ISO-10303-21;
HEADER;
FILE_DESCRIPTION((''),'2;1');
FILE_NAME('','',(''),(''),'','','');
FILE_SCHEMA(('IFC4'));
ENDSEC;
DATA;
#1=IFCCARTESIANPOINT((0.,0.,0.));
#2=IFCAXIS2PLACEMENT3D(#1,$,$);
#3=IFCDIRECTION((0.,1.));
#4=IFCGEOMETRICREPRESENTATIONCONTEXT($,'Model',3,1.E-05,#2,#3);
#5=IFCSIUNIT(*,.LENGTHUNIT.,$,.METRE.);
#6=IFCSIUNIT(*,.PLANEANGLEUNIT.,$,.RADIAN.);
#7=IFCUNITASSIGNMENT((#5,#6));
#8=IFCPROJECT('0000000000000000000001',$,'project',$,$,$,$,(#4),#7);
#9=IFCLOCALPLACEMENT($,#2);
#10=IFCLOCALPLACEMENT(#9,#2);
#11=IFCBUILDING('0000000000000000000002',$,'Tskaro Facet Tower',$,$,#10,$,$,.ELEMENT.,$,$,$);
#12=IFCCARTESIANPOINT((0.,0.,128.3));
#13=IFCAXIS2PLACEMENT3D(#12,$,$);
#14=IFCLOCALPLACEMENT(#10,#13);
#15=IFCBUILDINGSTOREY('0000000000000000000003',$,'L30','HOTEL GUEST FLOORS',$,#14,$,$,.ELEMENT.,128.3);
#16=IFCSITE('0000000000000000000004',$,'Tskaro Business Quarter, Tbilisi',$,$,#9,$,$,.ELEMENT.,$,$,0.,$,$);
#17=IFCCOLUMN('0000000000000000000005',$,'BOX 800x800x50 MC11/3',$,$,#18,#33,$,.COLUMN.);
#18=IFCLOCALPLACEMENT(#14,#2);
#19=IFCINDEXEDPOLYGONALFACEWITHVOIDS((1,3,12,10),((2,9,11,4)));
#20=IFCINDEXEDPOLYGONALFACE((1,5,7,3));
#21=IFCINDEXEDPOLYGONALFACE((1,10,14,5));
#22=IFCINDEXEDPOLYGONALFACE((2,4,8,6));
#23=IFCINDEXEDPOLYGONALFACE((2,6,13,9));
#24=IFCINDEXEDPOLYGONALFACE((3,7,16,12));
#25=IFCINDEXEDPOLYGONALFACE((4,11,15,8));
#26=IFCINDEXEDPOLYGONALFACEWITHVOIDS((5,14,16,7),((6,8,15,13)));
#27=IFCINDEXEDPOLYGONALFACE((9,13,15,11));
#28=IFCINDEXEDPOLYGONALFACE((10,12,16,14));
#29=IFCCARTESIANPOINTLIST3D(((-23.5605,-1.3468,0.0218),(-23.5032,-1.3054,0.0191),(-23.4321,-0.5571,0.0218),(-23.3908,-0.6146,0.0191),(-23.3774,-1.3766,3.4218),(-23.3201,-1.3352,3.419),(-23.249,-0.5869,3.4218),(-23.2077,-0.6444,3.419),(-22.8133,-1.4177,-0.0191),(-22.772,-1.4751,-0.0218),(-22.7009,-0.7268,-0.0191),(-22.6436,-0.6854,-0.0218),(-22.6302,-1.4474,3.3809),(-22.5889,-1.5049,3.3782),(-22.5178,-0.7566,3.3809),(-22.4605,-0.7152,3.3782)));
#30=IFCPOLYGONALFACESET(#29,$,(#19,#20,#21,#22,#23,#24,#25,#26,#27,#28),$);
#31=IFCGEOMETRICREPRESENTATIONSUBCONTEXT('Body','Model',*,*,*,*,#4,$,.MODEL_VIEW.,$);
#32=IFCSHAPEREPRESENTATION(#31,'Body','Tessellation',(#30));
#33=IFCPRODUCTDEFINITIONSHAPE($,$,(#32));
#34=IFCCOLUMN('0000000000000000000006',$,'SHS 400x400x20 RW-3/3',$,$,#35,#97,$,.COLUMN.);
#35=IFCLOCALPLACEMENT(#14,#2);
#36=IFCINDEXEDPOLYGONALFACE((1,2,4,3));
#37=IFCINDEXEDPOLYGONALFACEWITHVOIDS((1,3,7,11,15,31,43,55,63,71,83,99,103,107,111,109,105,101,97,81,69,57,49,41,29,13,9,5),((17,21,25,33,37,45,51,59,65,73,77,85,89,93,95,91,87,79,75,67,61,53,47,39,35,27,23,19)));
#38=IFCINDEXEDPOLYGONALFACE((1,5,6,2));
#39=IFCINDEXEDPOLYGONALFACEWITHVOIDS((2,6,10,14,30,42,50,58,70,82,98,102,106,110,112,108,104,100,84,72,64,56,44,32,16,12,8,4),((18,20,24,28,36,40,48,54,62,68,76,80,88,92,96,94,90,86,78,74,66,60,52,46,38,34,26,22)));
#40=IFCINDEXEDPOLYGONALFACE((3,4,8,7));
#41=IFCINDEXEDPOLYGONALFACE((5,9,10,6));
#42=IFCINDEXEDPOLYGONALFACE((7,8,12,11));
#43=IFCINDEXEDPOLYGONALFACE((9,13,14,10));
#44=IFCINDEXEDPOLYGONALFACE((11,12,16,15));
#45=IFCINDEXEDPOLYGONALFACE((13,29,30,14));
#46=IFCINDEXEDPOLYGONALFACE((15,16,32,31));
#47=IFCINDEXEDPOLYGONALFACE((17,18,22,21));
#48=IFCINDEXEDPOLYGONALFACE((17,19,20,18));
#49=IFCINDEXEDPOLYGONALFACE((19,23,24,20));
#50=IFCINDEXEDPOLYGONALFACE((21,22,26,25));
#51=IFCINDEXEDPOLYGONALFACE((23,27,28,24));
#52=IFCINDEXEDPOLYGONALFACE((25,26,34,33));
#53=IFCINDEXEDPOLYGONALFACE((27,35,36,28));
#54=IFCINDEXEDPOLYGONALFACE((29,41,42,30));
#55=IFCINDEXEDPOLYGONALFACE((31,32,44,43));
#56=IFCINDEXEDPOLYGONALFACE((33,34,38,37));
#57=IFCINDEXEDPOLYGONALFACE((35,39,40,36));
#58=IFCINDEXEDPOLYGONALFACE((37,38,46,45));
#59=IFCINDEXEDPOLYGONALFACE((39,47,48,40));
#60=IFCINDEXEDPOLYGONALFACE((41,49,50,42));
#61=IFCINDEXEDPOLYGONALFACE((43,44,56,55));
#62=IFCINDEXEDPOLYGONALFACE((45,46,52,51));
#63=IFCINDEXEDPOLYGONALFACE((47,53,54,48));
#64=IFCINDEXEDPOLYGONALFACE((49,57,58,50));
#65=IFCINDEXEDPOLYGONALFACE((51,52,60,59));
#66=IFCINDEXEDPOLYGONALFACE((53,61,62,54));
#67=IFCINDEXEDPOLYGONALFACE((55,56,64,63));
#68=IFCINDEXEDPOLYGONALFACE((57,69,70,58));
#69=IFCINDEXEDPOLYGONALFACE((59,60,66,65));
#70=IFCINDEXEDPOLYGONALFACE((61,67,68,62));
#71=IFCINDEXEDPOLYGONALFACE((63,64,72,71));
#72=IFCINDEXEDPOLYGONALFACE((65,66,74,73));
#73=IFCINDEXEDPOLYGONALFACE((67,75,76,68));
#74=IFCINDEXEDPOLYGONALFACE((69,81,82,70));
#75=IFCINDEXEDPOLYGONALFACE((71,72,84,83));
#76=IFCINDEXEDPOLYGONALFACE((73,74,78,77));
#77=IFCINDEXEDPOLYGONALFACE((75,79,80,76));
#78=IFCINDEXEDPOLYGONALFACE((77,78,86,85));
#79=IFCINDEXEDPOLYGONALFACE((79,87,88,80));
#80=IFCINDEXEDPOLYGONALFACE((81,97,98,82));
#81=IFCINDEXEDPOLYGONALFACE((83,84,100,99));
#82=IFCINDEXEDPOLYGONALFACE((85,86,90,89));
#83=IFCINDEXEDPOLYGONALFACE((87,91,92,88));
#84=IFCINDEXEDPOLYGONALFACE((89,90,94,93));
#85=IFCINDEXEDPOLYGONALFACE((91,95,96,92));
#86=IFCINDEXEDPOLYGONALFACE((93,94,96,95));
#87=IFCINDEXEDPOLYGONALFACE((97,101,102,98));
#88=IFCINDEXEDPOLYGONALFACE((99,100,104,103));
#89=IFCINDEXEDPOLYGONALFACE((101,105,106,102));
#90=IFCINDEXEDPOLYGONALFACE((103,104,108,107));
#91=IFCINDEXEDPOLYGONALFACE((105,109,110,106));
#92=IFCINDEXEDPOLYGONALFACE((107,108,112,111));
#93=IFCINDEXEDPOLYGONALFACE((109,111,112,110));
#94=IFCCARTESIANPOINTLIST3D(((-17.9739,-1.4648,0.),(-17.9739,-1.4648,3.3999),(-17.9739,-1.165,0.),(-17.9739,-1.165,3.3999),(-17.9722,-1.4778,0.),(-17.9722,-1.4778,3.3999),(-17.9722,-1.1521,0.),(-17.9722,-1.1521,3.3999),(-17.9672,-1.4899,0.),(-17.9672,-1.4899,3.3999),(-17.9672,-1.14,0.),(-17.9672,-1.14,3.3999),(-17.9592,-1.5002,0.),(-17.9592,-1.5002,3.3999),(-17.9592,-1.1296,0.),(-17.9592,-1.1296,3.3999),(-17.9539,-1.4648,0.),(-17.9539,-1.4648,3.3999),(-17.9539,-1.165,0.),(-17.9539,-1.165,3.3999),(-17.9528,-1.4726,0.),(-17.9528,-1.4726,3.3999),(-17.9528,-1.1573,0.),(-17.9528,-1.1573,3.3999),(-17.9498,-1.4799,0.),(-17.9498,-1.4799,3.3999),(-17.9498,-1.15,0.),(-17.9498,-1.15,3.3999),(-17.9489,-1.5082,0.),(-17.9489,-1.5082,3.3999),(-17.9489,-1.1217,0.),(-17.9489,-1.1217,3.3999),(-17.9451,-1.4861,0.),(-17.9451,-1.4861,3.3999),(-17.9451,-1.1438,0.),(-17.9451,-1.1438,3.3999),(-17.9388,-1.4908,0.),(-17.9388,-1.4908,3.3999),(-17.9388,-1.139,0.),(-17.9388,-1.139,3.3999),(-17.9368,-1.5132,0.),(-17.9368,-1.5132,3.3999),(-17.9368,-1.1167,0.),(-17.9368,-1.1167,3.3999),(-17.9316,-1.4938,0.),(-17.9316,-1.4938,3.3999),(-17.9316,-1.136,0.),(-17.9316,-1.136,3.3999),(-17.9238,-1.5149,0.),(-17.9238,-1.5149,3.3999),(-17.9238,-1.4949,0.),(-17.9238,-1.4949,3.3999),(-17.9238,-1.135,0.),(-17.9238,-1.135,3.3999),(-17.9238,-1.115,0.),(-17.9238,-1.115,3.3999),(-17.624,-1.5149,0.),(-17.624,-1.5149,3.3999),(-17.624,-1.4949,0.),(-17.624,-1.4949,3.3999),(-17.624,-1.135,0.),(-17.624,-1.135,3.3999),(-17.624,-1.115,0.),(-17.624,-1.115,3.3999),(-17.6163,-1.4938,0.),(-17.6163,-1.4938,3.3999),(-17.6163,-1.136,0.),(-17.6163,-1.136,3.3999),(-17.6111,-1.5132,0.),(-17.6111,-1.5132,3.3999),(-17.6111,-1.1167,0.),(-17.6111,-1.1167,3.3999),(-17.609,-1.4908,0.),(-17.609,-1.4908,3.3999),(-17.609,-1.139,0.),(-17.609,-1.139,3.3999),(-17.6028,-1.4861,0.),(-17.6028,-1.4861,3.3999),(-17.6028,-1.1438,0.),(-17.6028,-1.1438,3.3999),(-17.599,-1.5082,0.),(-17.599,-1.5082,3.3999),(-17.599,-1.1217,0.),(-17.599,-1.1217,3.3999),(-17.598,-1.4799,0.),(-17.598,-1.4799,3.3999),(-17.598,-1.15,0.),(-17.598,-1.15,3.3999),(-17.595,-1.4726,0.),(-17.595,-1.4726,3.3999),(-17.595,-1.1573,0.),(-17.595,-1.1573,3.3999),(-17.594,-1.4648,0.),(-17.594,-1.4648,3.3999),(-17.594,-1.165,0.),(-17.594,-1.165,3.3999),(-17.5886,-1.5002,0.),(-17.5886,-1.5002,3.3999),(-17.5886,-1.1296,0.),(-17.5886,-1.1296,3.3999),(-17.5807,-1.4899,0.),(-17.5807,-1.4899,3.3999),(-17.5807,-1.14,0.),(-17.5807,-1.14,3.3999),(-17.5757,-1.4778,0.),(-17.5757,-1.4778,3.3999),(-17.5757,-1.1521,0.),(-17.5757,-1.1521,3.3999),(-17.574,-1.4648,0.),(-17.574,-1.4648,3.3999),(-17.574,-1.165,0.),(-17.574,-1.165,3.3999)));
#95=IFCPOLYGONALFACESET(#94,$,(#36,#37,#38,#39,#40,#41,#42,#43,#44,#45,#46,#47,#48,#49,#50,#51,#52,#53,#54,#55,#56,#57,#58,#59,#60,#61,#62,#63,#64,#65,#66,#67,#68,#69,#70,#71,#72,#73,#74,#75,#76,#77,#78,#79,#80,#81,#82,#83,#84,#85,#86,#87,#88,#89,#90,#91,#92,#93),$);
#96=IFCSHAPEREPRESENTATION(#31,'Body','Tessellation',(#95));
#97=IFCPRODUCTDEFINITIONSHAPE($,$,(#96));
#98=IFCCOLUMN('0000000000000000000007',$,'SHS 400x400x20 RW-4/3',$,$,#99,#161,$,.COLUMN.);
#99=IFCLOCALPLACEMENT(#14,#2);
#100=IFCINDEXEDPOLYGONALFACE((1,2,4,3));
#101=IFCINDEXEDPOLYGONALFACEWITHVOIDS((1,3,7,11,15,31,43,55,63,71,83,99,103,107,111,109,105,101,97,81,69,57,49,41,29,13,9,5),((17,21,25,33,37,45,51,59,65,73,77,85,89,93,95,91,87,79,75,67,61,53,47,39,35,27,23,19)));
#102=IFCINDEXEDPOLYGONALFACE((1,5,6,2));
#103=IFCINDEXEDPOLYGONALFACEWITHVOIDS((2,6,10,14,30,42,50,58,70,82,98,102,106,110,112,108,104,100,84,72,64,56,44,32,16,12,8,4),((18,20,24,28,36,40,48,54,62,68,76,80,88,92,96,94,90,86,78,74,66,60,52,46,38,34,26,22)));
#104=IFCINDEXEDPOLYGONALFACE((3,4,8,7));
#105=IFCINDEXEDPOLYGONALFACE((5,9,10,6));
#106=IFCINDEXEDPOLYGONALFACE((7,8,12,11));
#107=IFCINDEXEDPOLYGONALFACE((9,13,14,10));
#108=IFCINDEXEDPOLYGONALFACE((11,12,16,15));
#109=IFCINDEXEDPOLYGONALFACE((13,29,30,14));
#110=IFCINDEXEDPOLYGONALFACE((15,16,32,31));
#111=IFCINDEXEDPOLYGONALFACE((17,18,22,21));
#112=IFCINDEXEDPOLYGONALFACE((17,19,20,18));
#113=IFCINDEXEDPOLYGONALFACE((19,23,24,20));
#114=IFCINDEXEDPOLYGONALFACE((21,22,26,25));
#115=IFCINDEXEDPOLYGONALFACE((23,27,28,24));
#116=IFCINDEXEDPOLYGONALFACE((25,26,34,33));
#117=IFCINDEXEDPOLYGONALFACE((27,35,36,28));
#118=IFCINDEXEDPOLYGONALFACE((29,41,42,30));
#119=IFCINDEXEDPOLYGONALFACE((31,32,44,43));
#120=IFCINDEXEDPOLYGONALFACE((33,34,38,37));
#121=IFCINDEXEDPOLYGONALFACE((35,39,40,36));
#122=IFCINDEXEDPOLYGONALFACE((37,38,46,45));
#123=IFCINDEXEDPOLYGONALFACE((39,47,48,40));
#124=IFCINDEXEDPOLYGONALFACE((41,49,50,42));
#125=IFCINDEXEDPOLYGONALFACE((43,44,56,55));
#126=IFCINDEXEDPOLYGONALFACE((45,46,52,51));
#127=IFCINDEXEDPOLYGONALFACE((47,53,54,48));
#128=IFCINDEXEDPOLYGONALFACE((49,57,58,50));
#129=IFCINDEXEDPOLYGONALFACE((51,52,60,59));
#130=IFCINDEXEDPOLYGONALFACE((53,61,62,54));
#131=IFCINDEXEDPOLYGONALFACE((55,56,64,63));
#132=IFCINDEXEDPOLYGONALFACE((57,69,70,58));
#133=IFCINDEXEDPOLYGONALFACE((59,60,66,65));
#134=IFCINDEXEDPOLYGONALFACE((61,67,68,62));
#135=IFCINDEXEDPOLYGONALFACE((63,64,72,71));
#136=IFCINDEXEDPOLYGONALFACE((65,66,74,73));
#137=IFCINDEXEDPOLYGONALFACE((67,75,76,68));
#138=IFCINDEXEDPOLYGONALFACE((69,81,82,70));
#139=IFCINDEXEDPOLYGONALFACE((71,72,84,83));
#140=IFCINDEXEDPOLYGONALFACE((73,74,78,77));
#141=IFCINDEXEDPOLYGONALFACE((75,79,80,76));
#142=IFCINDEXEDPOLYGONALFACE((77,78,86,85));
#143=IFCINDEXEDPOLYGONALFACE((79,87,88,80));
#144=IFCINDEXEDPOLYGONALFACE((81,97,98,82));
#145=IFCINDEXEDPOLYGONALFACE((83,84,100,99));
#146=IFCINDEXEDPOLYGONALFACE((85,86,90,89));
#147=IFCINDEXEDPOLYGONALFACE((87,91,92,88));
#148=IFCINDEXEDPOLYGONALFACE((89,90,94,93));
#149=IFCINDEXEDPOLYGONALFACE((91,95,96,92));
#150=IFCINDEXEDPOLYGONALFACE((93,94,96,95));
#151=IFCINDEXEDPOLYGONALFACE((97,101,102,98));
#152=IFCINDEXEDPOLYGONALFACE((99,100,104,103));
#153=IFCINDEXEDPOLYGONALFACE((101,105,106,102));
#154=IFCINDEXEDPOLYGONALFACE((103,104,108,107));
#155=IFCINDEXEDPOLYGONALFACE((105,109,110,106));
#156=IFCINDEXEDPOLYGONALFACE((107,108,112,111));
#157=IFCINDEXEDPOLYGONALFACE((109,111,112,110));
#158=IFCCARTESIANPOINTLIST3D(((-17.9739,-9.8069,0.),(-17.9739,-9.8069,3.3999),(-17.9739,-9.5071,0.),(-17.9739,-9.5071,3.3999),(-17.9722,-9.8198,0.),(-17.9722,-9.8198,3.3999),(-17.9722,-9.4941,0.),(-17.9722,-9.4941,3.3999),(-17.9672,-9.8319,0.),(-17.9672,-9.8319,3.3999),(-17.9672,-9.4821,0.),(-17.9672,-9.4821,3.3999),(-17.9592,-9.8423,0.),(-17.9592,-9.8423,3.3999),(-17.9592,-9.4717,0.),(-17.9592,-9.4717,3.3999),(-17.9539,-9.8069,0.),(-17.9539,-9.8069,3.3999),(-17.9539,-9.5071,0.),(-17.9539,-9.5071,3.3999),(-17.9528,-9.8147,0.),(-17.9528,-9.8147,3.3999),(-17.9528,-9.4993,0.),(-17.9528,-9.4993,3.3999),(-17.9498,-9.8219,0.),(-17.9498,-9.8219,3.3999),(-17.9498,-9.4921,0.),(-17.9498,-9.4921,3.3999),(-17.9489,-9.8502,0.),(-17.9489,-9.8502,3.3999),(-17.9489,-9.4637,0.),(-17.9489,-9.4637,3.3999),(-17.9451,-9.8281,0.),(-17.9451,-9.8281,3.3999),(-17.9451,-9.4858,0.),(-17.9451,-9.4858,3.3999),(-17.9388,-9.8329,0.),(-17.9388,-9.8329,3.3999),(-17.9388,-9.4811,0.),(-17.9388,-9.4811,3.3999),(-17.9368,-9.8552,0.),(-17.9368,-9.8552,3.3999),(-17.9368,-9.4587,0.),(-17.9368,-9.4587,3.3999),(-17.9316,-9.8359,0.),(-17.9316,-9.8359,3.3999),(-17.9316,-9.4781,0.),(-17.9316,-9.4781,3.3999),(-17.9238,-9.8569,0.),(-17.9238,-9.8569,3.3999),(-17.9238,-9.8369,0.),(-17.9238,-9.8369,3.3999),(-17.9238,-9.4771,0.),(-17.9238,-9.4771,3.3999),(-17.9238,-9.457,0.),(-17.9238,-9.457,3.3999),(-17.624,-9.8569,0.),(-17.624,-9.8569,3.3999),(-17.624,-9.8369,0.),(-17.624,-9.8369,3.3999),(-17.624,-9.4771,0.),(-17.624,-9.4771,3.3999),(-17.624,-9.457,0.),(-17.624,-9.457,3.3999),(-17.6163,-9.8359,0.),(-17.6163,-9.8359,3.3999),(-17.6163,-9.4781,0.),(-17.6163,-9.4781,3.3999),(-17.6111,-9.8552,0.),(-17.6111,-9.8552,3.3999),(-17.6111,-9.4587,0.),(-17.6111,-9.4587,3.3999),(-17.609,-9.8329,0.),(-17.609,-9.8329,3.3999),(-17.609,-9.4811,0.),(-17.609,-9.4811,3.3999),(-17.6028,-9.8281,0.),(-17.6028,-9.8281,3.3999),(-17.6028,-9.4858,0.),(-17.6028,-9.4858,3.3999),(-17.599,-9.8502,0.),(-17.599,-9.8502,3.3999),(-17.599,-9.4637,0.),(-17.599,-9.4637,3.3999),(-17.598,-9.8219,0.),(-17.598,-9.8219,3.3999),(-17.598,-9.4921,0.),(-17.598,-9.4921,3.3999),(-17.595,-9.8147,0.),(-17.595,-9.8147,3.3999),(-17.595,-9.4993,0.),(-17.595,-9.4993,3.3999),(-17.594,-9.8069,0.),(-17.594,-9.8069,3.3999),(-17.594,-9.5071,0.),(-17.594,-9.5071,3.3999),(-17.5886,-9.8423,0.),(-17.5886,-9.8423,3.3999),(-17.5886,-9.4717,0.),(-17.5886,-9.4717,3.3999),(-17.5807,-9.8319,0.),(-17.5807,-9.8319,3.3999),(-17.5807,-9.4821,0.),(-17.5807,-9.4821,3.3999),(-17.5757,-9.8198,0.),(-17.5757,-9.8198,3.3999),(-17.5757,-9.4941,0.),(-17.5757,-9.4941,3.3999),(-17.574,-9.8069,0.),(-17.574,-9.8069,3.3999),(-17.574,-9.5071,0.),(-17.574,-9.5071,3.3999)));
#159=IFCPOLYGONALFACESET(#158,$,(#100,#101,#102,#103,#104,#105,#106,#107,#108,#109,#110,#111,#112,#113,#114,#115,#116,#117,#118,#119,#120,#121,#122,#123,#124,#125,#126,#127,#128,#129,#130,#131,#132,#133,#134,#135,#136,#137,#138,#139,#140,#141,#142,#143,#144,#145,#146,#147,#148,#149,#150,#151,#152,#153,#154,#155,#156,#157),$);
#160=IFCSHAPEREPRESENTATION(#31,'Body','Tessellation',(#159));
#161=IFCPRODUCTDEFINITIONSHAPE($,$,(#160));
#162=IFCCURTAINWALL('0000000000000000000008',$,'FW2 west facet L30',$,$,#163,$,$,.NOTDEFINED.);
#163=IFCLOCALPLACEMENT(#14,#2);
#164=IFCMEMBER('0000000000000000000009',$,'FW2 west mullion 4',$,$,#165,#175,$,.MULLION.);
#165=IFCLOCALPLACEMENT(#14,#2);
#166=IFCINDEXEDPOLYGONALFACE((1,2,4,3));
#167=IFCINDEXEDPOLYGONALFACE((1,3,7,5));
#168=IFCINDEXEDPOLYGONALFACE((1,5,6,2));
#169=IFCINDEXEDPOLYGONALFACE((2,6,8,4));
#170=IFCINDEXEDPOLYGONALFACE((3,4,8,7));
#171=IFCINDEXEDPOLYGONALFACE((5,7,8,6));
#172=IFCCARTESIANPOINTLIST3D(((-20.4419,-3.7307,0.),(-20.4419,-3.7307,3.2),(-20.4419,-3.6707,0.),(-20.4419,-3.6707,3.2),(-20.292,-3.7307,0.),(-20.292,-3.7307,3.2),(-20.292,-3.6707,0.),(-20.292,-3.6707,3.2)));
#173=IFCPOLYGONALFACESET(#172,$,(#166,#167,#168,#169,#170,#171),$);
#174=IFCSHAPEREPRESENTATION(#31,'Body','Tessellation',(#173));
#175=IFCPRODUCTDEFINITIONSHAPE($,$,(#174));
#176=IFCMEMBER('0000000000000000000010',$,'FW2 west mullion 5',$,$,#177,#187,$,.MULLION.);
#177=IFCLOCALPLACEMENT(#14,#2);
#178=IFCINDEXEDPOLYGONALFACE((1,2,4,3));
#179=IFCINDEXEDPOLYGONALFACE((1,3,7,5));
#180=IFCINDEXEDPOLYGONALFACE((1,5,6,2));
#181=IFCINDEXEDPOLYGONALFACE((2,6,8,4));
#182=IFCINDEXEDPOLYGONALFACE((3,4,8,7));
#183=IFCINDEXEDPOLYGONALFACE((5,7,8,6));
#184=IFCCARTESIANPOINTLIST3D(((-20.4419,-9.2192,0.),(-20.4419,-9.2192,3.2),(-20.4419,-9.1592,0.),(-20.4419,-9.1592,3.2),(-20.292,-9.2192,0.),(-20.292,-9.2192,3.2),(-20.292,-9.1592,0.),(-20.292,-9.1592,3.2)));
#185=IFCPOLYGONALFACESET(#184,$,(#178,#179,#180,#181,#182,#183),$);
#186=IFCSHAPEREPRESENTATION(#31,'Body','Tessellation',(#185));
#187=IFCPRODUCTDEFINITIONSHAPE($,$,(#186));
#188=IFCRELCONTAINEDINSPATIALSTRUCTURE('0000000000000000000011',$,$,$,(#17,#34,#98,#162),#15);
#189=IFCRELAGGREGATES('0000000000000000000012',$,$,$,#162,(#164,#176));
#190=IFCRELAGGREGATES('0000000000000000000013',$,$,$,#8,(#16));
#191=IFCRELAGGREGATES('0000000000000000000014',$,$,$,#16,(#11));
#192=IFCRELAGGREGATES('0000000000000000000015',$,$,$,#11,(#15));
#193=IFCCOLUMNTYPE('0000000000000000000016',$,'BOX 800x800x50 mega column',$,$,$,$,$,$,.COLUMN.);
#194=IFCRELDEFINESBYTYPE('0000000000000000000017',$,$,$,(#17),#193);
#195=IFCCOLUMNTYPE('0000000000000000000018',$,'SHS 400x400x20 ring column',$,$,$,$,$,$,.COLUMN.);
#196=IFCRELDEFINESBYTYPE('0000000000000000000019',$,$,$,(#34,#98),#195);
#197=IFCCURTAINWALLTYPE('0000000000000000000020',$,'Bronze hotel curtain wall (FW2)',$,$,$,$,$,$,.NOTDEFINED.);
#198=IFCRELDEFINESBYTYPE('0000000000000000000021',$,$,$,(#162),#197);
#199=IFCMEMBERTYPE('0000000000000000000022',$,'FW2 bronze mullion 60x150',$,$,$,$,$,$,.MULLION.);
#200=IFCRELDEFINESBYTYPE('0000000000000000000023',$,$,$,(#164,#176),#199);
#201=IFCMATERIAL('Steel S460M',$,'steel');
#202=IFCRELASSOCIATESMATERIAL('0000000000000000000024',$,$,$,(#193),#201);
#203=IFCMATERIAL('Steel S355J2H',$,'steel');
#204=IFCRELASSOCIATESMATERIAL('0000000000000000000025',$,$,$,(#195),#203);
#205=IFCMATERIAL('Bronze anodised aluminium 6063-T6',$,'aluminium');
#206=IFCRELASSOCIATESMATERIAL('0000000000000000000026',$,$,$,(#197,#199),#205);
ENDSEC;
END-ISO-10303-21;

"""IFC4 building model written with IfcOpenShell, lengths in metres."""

from ifc_helpers import new_model, si_unit, direction, frame, origin, origin_2d, place, context, subcontext, project, spatial, rectangle, hollow_rectangle, extrude, material, material_profile, profile_set, type_object, element, aggregate, save


model = new_model("IFC4")

# Units and contexts
model_context = context("Model", 3, precision=1e-05, world=origin(), true_north=direction((0.0, 1.0)))
body_context = subcontext(model_context, "Body", "Model", "MODEL_VIEW")
ifc_project = project(units=[si_unit("LENGTHUNIT", "METRE"), si_unit("PLANEANGLEUNIT", "RADIAN")], contexts=[model_context])

# Site, building, storey
site_placement = place(None, origin())
site = spatial("IfcSite", under=ifc_project, at=site_placement, Name="Tskaro Business Quarter, Tbilisi", CompositionType="ELEMENT", RefElevation=0.0)
building_placement = place(site_placement, origin())
building = spatial("IfcBuilding", under=site, at=building_placement, Name="Tskaro Facet Tower", CompositionType="ELEMENT")
storey_placement = place(building_placement, frame((0.0, 0.0, 128.3)))
storey = spatial("IfcBuildingStorey", under=building, at=storey_placement, Name="L30", Description="HOTEL GUEST FLOORS", CompositionType="ELEMENT", Elevation=128.3)

# Columns
ifc_material_1 = material(Name="Steel S460M", Category="steel")
ifc_material_profile_1 = material_profile(ifc_material_1, hollow_rectangle(XDim=0.8, YDim=0.8, WallThickness=0.05, at=origin_2d()), Name="BOX 800x800x50")
ifc_profile_set_1 = profile_set([ifc_material_profile_1], Name="Steel S460M")
column_type_1 = type_object("IfcColumnType", Name="BOX 800x800x50 mega column", PredefinedType="COLUMN", material=ifc_profile_set_1)
column_placement = place(storey_placement, frame((-23.1021, -1.0161, 0.0), z_axis=(0.053776, -0.008748, 0.998515), x_axis=(0.160556, 0.987027, 0.0)))
element("IfcColumn", 1, at=column_placement, inside=storey, type_object=column_type_1, Name="BOX 800x800x50 MC11/3", PredefinedType="COLUMN", context=body_context, shape_type="SweptSolid", body=[
    extrude(hollow_rectangle(XDim=0.8, YDim=0.8, WallThickness=0.05, at=origin_2d()), origin(), (0.0, 0.0, 1.0), 3.405),
])
ifc_material_2 = material(Name="Steel S355J2H", Category="steel")
ifc_material_profile_2 = material_profile(ifc_material_2, hollow_rectangle(XDim=0.3999, YDim=0.3999, WallThickness=0.02, InnerFilletRadius=0.03, OuterFilletRadius=0.05, at=origin_2d()), Name="SHS 400x400x20")
ifc_profile_set_2 = profile_set([ifc_material_profile_2], Name="Steel S355J2H")
column_type_2 = type_object("IfcColumnType", Name="SHS 400x400x20 ring column", PredefinedType="COLUMN", material=ifc_profile_set_2)
for number, where, z_axis, x_axis, name in (
    (2, (-17.7739, -1.3149, 0.0), (0.0, 0.0, 1.0), (1.0, 0.0, 0.0), "SHS 400x400x20 RW-3/3"),
    (3, (-17.7739, -9.657, 0.0), (0.0, 0.0, 1.0), (1.0, 0.0, 0.0), "SHS 400x400x20 RW-4/3"),
):
    element("IfcColumn", number, at=place(storey_placement, frame(where, z_axis=z_axis, x_axis=x_axis)), inside=storey, type_object=column_type_2, Name=name, PredefinedType="COLUMN", context=body_context, shape_type="SweptSolid", body=[
        extrude(hollow_rectangle(XDim=0.3999, YDim=0.3999, WallThickness=0.02, InnerFilletRadius=0.03, OuterFilletRadius=0.05, at=origin_2d()), origin(), (0.0, 0.0, 1.0), 3.3999),
    ])

# Curtain wall, members
ifc_material_3 = material(Name="Bronze anodised aluminium 6063-T6", Category="aluminium")
curtain_wall_type = type_object("IfcCurtainWallType", Name="Bronze hotel curtain wall (FW2)", PredefinedType="NOTDEFINED", material=ifc_material_3)
curtain_wall_placement = place(storey_placement, origin())
curtain_wall = element("IfcCurtainWall", 4, at=curtain_wall_placement, inside=storey, type_object=curtain_wall_type, Name="FW2 west facet L30", PredefinedType="NOTDEFINED")
ifc_material_profile_3 = material_profile(ifc_material_3, rectangle(XDim=0.0601, YDim=0.1499, at=origin_2d()), Name="Mullion 60x150")
ifc_profile_set_3 = profile_set([ifc_material_profile_3], Name="Bronze anodised aluminium 6063-T6")
member_type_1 = type_object("IfcMemberType", Name="FW2 bronze mullion 60x150", PredefinedType="MULLION", material=ifc_profile_set_3)
member_1_placement = place(storey_placement, frame((-20.3669, -3.7007, 0.0), z_axis=(0.0, 0.0, 1.0), x_axis=(0.0, -1.0, 0.0)))
member_1 = element("IfcMember", 5, at=member_1_placement, type_object=member_type_1, Name="FW2 west mullion 4", PredefinedType="MULLION", context=body_context, shape_type="SweptSolid", body=[
    extrude(rectangle(XDim=0.0601, YDim=0.1499, at=origin_2d()), origin(), (0.0, 0.0, 1.0), 3.2),
])
member_2_placement = place(storey_placement, frame((-20.3669, -9.1892, 0.0), z_axis=(0.0, 0.0, 1.0), x_axis=(0.0, -1.0, 0.0)))
member_2 = element("IfcMember", 6, at=member_2_placement, type_object=member_type_1, Name="FW2 west mullion 5", PredefinedType="MULLION", context=body_context, shape_type="SweptSolid", body=[
    extrude(rectangle(XDim=0.0601, YDim=0.1499, at=origin_2d()), origin(), (0.0, 0.0, 1.0), 3.2),
])

aggregate(curtain_wall, [member_1, member_2])

save(model, "model.ifc")
